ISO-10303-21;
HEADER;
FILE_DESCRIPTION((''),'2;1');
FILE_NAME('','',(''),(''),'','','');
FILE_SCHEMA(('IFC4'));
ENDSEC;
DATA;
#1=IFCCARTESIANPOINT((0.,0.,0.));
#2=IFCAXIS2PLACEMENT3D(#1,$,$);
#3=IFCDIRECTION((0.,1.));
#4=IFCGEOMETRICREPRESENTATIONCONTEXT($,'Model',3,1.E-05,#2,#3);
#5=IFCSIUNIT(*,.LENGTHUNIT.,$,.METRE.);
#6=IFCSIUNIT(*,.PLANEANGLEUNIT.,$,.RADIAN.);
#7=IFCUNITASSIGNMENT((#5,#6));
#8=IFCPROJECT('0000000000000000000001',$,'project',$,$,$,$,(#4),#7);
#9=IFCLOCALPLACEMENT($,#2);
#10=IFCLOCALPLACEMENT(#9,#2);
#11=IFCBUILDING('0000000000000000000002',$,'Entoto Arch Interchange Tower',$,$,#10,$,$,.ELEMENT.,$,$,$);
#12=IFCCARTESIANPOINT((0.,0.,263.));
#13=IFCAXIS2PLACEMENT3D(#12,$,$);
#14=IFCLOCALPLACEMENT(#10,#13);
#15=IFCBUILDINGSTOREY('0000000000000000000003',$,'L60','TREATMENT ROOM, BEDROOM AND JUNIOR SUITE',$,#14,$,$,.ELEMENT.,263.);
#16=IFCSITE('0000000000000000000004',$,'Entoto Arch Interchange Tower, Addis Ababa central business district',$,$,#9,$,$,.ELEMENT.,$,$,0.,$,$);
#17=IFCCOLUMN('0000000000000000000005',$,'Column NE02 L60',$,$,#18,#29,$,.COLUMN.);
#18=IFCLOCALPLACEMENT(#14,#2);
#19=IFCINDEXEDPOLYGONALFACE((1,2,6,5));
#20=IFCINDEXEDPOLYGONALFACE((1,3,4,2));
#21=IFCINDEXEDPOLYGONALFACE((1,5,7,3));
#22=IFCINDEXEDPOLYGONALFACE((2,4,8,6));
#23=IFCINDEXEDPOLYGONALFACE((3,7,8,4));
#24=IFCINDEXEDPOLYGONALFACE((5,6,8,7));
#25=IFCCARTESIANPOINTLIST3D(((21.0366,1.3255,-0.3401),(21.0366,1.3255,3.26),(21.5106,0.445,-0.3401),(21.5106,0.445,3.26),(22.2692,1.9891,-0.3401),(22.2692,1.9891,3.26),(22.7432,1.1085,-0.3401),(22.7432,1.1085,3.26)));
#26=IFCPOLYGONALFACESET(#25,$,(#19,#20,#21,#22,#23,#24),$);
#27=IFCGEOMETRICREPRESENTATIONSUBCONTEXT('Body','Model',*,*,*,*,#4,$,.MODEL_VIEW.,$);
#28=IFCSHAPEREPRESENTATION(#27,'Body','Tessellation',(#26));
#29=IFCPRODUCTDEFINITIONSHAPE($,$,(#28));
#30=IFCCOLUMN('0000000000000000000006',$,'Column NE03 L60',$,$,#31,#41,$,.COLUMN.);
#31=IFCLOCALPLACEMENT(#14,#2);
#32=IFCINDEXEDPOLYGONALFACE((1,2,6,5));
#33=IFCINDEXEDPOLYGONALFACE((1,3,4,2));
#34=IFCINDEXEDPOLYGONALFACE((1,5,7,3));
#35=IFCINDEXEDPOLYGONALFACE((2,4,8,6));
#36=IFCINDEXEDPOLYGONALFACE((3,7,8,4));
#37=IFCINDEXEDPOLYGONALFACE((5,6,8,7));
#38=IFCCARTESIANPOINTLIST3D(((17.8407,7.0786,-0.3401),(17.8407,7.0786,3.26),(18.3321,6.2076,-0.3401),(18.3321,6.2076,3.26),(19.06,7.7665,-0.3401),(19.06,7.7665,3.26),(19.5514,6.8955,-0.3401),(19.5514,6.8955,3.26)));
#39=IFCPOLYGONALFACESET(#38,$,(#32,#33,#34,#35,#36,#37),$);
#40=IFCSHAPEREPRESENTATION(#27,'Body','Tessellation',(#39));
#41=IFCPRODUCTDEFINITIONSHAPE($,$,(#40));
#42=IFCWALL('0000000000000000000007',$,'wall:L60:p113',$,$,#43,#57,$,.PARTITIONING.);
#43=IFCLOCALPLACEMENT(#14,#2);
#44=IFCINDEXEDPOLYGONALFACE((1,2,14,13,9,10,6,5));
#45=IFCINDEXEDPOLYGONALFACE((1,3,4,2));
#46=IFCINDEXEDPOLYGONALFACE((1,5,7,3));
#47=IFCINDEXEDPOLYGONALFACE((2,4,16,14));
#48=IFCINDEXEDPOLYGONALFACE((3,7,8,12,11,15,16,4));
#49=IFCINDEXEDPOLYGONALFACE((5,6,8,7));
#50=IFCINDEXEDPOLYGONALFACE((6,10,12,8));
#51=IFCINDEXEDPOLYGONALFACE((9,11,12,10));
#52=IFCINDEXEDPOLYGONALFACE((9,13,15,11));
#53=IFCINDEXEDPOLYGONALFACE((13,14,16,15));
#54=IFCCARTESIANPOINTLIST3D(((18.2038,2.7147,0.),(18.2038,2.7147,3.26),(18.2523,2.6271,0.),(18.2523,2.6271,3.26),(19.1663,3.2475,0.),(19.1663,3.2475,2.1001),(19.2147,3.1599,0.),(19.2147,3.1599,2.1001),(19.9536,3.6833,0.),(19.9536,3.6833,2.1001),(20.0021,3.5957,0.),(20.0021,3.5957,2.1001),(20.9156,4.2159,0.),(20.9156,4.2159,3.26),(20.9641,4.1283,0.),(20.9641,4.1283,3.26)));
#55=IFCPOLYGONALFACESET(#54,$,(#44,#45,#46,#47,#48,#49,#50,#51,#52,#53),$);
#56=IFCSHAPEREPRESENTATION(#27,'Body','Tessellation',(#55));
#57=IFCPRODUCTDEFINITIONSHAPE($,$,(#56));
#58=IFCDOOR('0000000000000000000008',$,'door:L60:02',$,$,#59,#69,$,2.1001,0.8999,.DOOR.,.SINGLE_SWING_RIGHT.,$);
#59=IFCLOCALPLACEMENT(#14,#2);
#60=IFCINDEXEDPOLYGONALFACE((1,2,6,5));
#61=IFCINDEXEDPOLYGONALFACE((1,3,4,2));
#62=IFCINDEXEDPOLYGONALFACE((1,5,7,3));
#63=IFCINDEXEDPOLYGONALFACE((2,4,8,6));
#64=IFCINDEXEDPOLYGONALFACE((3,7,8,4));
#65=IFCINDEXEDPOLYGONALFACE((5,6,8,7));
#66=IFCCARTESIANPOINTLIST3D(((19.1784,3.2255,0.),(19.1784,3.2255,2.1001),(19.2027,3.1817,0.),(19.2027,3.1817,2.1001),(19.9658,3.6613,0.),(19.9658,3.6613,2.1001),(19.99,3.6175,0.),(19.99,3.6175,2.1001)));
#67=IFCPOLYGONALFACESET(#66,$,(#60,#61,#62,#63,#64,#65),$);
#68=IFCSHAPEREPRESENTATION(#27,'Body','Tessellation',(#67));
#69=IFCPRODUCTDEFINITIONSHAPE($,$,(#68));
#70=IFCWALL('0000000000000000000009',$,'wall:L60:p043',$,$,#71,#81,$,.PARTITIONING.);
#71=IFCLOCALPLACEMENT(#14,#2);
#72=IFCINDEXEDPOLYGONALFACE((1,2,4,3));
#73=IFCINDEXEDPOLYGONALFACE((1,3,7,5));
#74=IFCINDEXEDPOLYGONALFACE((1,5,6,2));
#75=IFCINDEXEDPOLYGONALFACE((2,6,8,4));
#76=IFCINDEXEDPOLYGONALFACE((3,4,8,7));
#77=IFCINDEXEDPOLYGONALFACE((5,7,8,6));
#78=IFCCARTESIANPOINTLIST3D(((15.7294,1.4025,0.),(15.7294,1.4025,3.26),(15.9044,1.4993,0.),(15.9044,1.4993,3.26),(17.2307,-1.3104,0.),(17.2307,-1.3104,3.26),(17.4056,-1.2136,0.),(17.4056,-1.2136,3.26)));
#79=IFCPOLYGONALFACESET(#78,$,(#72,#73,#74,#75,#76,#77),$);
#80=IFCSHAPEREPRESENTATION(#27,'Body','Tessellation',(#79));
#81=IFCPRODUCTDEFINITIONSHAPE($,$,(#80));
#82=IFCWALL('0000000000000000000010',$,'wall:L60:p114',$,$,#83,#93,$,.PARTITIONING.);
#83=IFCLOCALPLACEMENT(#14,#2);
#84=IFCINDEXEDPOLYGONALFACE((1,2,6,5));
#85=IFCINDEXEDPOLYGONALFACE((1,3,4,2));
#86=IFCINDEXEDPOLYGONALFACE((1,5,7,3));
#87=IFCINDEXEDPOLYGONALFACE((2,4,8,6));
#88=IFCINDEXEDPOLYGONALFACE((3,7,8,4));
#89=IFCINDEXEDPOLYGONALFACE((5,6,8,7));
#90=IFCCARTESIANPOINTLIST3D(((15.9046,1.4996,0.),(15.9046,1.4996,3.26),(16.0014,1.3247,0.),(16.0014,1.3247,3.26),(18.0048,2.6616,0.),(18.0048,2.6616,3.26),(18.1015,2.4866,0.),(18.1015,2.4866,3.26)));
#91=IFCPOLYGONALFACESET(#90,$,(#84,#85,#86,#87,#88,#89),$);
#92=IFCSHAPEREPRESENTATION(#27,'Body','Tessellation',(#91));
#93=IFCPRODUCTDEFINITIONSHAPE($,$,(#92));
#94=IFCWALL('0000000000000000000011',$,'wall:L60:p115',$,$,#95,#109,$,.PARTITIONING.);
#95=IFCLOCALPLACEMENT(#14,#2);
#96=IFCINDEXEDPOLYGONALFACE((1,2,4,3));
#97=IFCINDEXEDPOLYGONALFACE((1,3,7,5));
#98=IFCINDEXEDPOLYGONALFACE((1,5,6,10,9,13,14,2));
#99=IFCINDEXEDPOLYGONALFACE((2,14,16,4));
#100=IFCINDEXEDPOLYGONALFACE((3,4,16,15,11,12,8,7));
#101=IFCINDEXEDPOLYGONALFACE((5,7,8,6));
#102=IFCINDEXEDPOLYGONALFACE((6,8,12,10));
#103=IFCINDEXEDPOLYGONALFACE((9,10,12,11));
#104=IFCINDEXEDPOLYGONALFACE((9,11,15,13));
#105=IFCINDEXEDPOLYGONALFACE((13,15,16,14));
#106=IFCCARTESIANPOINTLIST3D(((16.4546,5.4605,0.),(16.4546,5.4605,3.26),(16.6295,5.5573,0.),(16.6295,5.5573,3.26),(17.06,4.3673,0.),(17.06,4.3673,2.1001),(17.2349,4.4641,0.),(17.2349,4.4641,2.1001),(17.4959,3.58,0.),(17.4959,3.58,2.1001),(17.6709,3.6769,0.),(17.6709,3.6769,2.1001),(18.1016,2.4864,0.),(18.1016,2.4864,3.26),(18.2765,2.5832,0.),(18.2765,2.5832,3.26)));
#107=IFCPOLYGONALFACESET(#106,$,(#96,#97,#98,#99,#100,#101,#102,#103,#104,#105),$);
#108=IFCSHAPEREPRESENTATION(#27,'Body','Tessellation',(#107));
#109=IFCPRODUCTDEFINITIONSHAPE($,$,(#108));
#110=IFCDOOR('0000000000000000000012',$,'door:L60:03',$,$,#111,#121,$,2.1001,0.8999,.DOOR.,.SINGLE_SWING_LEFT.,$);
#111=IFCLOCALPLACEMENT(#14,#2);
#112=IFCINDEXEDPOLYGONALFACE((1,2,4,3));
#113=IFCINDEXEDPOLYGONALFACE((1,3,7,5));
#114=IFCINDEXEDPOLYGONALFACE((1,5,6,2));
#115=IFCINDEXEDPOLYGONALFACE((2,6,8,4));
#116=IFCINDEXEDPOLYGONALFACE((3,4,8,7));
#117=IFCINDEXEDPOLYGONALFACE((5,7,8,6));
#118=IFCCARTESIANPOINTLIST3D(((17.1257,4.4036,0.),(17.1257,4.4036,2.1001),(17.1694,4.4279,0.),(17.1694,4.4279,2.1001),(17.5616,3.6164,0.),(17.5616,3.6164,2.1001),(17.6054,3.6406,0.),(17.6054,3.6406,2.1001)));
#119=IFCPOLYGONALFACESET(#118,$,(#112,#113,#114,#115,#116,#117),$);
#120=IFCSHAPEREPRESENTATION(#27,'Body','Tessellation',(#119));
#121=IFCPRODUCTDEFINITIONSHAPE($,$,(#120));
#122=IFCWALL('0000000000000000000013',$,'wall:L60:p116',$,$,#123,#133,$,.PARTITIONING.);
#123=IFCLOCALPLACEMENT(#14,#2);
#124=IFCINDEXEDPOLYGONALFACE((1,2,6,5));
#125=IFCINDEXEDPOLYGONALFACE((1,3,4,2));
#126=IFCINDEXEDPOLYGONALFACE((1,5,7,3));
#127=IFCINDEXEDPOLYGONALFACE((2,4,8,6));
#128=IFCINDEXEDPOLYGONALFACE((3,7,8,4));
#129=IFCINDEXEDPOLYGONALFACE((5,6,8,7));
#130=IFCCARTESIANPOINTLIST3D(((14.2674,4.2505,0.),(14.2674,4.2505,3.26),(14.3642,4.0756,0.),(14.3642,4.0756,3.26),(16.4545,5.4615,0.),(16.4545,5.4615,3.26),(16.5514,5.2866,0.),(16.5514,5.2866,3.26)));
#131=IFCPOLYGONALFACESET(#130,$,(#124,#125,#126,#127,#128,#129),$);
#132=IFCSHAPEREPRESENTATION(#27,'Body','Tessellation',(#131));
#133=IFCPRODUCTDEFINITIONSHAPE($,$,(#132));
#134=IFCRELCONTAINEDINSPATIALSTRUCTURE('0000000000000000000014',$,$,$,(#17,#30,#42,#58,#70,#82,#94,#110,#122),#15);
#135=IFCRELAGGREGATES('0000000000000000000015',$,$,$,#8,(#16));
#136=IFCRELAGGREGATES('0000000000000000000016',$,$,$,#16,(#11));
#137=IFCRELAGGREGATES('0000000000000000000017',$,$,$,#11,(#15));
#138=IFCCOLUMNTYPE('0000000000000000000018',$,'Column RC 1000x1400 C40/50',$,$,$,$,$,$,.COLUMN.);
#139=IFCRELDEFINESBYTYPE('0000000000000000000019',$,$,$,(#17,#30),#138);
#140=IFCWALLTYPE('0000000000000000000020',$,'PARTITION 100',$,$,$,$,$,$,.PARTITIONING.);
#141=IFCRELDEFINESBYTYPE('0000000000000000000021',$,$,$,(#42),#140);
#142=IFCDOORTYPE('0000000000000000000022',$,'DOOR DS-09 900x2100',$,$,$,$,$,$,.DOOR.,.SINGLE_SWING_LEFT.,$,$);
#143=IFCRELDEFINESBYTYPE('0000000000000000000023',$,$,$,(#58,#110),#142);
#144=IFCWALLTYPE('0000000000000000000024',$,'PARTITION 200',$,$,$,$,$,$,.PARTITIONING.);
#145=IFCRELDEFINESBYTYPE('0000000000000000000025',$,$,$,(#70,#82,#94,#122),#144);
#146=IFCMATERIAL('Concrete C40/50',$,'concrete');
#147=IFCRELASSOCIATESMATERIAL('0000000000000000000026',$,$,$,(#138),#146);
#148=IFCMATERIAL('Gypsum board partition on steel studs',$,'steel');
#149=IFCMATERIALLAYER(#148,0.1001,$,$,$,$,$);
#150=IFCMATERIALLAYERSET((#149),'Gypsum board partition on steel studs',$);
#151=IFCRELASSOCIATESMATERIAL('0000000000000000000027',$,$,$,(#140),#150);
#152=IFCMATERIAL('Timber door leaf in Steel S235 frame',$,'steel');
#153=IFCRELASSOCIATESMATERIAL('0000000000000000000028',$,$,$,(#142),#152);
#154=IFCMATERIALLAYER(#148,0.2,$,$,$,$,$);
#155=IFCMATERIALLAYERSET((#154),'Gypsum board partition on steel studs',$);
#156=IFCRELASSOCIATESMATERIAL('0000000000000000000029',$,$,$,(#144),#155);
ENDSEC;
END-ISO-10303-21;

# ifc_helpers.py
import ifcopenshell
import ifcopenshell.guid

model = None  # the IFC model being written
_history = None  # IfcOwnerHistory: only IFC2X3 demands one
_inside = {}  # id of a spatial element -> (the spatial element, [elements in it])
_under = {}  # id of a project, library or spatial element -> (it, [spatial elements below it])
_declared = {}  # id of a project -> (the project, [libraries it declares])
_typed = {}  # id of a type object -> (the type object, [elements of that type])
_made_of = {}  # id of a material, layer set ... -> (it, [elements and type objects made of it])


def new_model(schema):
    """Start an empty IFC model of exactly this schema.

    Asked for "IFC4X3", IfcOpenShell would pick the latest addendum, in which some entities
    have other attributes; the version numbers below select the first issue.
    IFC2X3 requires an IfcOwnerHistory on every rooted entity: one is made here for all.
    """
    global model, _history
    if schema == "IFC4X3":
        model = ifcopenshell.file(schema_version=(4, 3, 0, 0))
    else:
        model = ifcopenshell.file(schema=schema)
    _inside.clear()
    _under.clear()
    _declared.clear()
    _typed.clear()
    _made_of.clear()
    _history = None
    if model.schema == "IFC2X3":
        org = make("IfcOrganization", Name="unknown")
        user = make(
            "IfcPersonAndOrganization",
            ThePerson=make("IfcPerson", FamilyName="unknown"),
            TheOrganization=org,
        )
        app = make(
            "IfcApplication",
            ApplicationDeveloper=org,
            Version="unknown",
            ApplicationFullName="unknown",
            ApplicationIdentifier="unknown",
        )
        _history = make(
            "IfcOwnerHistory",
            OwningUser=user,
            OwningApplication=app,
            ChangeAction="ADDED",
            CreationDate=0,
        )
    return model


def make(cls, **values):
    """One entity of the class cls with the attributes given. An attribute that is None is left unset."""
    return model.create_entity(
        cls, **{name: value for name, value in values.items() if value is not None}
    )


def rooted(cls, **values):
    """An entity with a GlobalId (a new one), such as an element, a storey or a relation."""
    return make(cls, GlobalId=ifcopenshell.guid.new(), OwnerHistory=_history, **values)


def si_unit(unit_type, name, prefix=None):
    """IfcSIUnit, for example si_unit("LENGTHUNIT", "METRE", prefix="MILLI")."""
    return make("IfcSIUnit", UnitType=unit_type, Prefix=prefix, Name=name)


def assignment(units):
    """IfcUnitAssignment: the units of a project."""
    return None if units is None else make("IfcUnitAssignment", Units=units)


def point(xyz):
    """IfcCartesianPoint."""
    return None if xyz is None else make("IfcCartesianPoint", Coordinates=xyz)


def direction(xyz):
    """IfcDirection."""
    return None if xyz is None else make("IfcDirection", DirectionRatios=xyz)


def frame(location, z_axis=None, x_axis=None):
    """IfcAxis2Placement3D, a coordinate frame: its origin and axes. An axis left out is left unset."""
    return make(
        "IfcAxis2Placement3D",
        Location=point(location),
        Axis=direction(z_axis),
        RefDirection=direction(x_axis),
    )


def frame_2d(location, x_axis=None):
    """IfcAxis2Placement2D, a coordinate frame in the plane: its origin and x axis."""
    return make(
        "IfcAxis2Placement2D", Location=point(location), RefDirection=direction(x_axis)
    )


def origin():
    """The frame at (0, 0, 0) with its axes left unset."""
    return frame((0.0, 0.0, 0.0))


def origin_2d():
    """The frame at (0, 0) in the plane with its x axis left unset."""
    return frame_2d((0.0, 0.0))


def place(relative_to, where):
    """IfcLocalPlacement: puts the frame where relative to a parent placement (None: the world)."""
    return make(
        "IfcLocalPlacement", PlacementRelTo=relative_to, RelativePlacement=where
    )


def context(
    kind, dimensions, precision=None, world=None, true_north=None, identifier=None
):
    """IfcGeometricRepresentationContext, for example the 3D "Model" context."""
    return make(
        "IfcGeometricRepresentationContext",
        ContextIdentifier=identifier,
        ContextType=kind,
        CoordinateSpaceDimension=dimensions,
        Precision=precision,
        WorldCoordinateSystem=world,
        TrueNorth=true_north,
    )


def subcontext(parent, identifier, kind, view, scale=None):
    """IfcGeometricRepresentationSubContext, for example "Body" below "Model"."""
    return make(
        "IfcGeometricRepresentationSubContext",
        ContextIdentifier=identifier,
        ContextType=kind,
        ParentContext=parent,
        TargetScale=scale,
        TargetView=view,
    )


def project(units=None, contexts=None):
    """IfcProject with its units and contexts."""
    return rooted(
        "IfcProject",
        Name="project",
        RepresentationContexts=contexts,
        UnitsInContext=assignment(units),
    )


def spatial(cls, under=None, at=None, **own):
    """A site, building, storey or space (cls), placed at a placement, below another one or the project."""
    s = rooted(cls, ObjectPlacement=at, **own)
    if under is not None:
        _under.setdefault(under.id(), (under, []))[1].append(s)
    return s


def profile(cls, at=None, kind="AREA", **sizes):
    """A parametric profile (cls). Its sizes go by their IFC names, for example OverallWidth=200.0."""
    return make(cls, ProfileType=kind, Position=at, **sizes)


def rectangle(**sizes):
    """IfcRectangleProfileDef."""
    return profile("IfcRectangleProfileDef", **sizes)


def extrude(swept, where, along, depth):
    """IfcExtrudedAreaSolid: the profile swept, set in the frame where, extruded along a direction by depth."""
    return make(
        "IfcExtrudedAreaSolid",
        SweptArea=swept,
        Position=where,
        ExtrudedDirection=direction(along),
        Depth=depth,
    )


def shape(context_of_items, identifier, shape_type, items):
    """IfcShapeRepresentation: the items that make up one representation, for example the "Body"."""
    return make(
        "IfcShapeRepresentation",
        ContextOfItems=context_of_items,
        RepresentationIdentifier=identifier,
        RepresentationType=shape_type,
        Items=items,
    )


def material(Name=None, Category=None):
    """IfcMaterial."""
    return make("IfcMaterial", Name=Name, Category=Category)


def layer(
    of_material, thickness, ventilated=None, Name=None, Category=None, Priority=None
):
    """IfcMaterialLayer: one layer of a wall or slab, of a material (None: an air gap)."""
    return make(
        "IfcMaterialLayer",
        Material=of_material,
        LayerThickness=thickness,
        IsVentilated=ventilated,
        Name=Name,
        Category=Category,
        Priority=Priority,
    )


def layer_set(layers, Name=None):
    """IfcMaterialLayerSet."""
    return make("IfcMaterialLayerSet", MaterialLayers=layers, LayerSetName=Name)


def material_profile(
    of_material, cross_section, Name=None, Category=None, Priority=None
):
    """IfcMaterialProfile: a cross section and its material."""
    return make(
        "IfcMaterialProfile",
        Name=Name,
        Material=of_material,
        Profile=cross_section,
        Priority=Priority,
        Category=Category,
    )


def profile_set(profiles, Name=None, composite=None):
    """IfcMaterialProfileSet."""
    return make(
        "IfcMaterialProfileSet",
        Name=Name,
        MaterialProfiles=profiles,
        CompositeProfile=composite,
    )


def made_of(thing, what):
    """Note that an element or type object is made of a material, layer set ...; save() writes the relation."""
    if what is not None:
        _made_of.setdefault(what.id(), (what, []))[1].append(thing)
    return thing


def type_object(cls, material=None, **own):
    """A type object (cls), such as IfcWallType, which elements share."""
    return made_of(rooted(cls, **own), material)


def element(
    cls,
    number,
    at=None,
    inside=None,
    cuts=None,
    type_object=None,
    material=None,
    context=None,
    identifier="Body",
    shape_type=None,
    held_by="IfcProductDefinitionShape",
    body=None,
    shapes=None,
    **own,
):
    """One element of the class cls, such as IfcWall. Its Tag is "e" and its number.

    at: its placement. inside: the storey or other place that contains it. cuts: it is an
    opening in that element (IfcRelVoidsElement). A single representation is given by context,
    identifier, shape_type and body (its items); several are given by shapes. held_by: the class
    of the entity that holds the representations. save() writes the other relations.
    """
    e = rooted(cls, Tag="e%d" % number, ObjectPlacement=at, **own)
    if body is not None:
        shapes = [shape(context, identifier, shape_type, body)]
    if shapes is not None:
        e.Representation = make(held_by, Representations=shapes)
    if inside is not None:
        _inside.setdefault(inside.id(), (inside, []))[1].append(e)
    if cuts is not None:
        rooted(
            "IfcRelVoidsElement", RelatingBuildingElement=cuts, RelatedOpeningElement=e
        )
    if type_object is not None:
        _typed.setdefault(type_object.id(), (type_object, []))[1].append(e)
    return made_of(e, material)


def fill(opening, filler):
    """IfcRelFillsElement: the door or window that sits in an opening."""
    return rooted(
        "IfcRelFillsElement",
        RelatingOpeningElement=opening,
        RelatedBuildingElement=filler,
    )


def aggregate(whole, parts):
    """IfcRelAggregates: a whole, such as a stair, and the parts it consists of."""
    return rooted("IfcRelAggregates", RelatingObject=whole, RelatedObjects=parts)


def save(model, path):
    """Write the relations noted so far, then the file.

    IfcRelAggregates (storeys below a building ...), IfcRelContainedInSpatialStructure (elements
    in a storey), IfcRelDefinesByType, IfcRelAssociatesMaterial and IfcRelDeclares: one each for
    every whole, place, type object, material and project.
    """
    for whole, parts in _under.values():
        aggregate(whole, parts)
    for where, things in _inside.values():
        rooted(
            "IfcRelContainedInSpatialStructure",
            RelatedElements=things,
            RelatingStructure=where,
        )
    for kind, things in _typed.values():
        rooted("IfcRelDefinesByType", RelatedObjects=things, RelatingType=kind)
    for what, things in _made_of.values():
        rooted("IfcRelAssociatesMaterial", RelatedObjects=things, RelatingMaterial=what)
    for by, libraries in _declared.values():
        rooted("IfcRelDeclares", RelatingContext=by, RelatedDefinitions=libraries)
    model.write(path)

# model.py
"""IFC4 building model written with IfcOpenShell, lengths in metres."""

from ifc_helpers import new_model, si_unit, direction, frame, frame_2d, origin, origin_2d, place, context, subcontext, project, spatial, rectangle, extrude, material, layer, layer_set, material_profile, profile_set, type_object, element, fill, save


model = new_model("IFC4")

# Units and contexts
model_context = context("Model", 3, precision=1e-05, world=origin(), true_north=direction((0.0, 1.0)))
body_context = subcontext(model_context, "Body", "Model", "MODEL_VIEW")
ifc_project = project(units=[si_unit("LENGTHUNIT", "METRE"), si_unit("PLANEANGLEUNIT", "RADIAN")], contexts=[model_context])

# Site, building, storey
site_placement = place(None, origin())
site = spatial("IfcSite", under=ifc_project, at=site_placement, Name="Entoto Arch Interchange Tower, Addis Ababa central business district", CompositionType="ELEMENT", RefElevation=0.0)
building_placement = place(site_placement, origin())
building = spatial("IfcBuilding", under=site, at=building_placement, Name="Entoto Arch Interchange Tower", CompositionType="ELEMENT")
storey_placement = place(building_placement, frame((0.0, 0.0, 263.0)))
storey = spatial("IfcBuildingStorey", under=building, at=storey_placement, Name="L60", Description="TREATMENT ROOM, BEDROOM AND JUNIOR SUITE", CompositionType="ELEMENT", Elevation=263.0)

# Columns
ifc_material_1 = material(Name="Concrete C40/50", Category="concrete")
ifc_material_profile = material_profile(ifc_material_1, rectangle(XDim=1.0, YDim=1.3999, at=origin_2d()))
ifc_profile_set = profile_set([ifc_material_profile], Name="Concrete C40/50")
column_type = type_object("IfcColumnType", Name="Column RC 1000x1400 C40/50", PredefinedType="COLUMN", material=ifc_profile_set)
for number, where, z_axis, x_axis, name in (
    (1, (21.8899, 1.217, -0.3401), (0.0, 0.0, 1.0), (-0.473981, 0.880535, 0.0), "Column NE02 L60"),
    (2, (18.696, 6.9871, -0.3401), (0.0, 0.0, 1.0), (-0.491375, 0.870948, 0.0), "Column NE03 L60"),
):
    element("IfcColumn", number, at=place(storey_placement, frame(where, z_axis=z_axis, x_axis=x_axis)), inside=storey, type_object=column_type, Name=name, PredefinedType="COLUMN", context=body_context, shape_type="SweptSolid", body=[
        extrude(rectangle(XDim=1.0, YDim=1.3999, at=origin_2d()), origin(), (0.0, 0.0, 1.0), 3.6001),
    ])

# Wall, opening, door
ifc_material_2 = material(Name="Gypsum board partition on steel studs", Category="steel")
ifc_layer_1 = layer(ifc_material_2, 0.1001)
ifc_layer_set_1 = layer_set([ifc_layer_1], Name="Gypsum board partition on steel studs")
wall_type_1 = type_object("IfcWallType", Name="PARTITION 100", PredefinedType="PARTITIONING", material=ifc_layer_set_1)
wall_1_placement = place(storey_placement, frame((18.228, 2.6709, 0.0), z_axis=(0.0, 0.0, 1.0), x_axis=(0.874896, 0.484312, 0.0)))
wall_1 = element("IfcWall", 3, at=wall_1_placement, inside=storey, type_object=wall_type_1, Name="wall:L60:p113", PredefinedType="PARTITIONING", context=body_context, shape_type="SweptSolid", body=[
    extrude(rectangle(XDim=3.0996, YDim=0.1001, at=frame_2d((1.5498, 0.0))), origin(), (0.0, 0.0, 1.0), 3.26),
])
opening_1_placement = place(wall_1_placement, frame((1.1001, 0.0, 0.0)))
opening_1 = element("IfcOpeningElement", 4, at=opening_1_placement, cuts=wall_1, PredefinedType="OPENING", context=body_context, shape_type="SweptSolid", body=[
    extrude(rectangle(XDim=0.8999, YDim=2.1001, at=frame_2d((0.45, 1.05))), frame((0.0, 0.0601, 0.0), z_axis=(0.0, -1.0, 0.0), x_axis=(1.0, 0.0, 0.0)), (0.0, 0.0, 1.0), 0.1201),
])
ifc_material_3 = material(Name="Timber door leaf in Steel S235 frame", Category="steel")
door_type_1 = type_object("IfcDoorType", Name="DOOR DS-09 900x2100", OperationType="SINGLE_SWING_LEFT", PredefinedType="DOOR", material=ifc_material_3)
door_1_placement = place(opening_1_placement, origin())
door_1 = element("IfcDoor", 5, at=door_1_placement, inside=storey, type_object=door_type_1, Name="door:L60:02", OperationType="SINGLE_SWING_RIGHT", OverallHeight=2.1001, OverallWidth=0.8999, PredefinedType="DOOR", context=body_context, shape_type="SweptSolid", body=[
    extrude(rectangle(XDim=0.8999, YDim=2.1001, at=frame_2d((0.45, 1.05))), frame((0.0, 0.0249, 0.0), z_axis=(0.0, -1.0, 0.0), x_axis=(1.0, 0.0, 0.0)), (0.0, 0.0, 1.0), 0.05),
])
fill(opening_1, door_1)

# Walls
ifc_layer_2 = layer(ifc_material_2, 0.2)
ifc_layer_set_2 = layer_set([ifc_layer_2], Name="Gypsum board partition on steel studs")
wall_type_2 = type_object("IfcWallType", Name="PARTITION 200", PredefinedType="PARTITIONING", material=ifc_layer_set_2)
wall_2_placement = place(storey_placement, frame((15.8169, 1.4509, 0.0), z_axis=(0.0, 0.0, 1.0), x_axis=(0.484178, -0.874969, 0.0)))
element("IfcWall", 6, at=wall_2_placement, inside=storey, type_object=wall_type_2, Name="wall:L60:p043", PredefinedType="PARTITIONING", context=body_context, shape_type="SweptSolid", body=[
    extrude(rectangle(XDim=3.1006, YDim=0.2, at=frame_2d((1.5503, 0.0))), origin(), (0.0, 0.0, 1.0), 3.26),
])
wall_3_placement = place(storey_placement, frame((15.9529, 1.4121, 0.0), z_axis=(0.0, 0.0, 1.0), x_axis=(0.875015, 0.484096, 0.0)))
element("IfcWall", 7, at=wall_3_placement, inside=storey, type_object=wall_type_2, Name="wall:L60:p114", PredefinedType="PARTITIONING", context=body_context, shape_type="SweptSolid", body=[
    extrude(rectangle(XDim=2.4001, YDim=0.2, at=frame_2d((1.2002, 0.0))), origin(), (0.0, 0.0, 1.0), 3.26),
])

# Wall, opening, door
wall_4_placement = place(storey_placement, frame((18.189, 2.5349, 0.0), z_axis=(0.0, 0.0, 1.0), x_axis=(-0.484447, 0.87482, 0.0)))
wall_4 = element("IfcWall", 8, at=wall_4_placement, inside=storey, type_object=wall_type_2, Name="wall:L60:p115", PredefinedType="PARTITIONING", context=body_context, shape_type="SweptSolid", body=[
    extrude(rectangle(XDim=3.3997, YDim=0.2, at=frame_2d((1.6997, 0.0))), origin(), (0.0, 0.0, 1.0), 3.26),
])
opening_2_placement = place(wall_4_placement, frame((1.25, 0.0, 0.0)))
opening_2 = element("IfcOpeningElement", 9, at=opening_2_placement, cuts=wall_4, PredefinedType="OPENING", context=body_context, shape_type="SweptSolid", body=[
    extrude(rectangle(XDim=0.8999, YDim=2.1001, at=frame_2d((0.45, 1.05))), frame((0.0, 0.1099, 0.0), z_axis=(0.0, -1.0, 0.0), x_axis=(1.0, 0.0, 0.0)), (0.0, 0.0, 1.0), 0.22),
])
door_2_placement = place(opening_2_placement, origin())
door_2 = element("IfcDoor", 10, at=door_2_placement, inside=storey, type_object=door_type_1, Name="door:L60:03", OperationType="SINGLE_SWING_LEFT", OverallHeight=2.1001, OverallWidth=0.8999, PredefinedType="DOOR", context=body_context, shape_type="SweptSolid", body=[
    extrude(rectangle(XDim=0.8999, YDim=2.1001, at=frame_2d((0.45, 1.05))), frame((0.0, 0.0249, 0.0), z_axis=(0.0, -1.0, 0.0), x_axis=(1.0, 0.0, 0.0)), (0.0, 0.0, 1.0), 0.05),
])
fill(opening_2, door_2)

# Wall
wall_5_placement = place(storey_placement, frame((16.5029, 5.374, 0.0), z_axis=(0.0, 0.0, 1.0), x_axis=(-0.874847, -0.484399, 0.0)))
element("IfcWall", 11, at=wall_5_placement, inside=storey, type_object=wall_type_2, Name="wall:L60:p116", PredefinedType="PARTITIONING", context=body_context, shape_type="SweptSolid", body=[
    extrude(rectangle(XDim=2.5, YDim=0.2, at=frame_2d((1.25, 0.0))), origin(), (0.0, 0.0, 1.0), 3.26),
])

save(model, "model.ifc")
